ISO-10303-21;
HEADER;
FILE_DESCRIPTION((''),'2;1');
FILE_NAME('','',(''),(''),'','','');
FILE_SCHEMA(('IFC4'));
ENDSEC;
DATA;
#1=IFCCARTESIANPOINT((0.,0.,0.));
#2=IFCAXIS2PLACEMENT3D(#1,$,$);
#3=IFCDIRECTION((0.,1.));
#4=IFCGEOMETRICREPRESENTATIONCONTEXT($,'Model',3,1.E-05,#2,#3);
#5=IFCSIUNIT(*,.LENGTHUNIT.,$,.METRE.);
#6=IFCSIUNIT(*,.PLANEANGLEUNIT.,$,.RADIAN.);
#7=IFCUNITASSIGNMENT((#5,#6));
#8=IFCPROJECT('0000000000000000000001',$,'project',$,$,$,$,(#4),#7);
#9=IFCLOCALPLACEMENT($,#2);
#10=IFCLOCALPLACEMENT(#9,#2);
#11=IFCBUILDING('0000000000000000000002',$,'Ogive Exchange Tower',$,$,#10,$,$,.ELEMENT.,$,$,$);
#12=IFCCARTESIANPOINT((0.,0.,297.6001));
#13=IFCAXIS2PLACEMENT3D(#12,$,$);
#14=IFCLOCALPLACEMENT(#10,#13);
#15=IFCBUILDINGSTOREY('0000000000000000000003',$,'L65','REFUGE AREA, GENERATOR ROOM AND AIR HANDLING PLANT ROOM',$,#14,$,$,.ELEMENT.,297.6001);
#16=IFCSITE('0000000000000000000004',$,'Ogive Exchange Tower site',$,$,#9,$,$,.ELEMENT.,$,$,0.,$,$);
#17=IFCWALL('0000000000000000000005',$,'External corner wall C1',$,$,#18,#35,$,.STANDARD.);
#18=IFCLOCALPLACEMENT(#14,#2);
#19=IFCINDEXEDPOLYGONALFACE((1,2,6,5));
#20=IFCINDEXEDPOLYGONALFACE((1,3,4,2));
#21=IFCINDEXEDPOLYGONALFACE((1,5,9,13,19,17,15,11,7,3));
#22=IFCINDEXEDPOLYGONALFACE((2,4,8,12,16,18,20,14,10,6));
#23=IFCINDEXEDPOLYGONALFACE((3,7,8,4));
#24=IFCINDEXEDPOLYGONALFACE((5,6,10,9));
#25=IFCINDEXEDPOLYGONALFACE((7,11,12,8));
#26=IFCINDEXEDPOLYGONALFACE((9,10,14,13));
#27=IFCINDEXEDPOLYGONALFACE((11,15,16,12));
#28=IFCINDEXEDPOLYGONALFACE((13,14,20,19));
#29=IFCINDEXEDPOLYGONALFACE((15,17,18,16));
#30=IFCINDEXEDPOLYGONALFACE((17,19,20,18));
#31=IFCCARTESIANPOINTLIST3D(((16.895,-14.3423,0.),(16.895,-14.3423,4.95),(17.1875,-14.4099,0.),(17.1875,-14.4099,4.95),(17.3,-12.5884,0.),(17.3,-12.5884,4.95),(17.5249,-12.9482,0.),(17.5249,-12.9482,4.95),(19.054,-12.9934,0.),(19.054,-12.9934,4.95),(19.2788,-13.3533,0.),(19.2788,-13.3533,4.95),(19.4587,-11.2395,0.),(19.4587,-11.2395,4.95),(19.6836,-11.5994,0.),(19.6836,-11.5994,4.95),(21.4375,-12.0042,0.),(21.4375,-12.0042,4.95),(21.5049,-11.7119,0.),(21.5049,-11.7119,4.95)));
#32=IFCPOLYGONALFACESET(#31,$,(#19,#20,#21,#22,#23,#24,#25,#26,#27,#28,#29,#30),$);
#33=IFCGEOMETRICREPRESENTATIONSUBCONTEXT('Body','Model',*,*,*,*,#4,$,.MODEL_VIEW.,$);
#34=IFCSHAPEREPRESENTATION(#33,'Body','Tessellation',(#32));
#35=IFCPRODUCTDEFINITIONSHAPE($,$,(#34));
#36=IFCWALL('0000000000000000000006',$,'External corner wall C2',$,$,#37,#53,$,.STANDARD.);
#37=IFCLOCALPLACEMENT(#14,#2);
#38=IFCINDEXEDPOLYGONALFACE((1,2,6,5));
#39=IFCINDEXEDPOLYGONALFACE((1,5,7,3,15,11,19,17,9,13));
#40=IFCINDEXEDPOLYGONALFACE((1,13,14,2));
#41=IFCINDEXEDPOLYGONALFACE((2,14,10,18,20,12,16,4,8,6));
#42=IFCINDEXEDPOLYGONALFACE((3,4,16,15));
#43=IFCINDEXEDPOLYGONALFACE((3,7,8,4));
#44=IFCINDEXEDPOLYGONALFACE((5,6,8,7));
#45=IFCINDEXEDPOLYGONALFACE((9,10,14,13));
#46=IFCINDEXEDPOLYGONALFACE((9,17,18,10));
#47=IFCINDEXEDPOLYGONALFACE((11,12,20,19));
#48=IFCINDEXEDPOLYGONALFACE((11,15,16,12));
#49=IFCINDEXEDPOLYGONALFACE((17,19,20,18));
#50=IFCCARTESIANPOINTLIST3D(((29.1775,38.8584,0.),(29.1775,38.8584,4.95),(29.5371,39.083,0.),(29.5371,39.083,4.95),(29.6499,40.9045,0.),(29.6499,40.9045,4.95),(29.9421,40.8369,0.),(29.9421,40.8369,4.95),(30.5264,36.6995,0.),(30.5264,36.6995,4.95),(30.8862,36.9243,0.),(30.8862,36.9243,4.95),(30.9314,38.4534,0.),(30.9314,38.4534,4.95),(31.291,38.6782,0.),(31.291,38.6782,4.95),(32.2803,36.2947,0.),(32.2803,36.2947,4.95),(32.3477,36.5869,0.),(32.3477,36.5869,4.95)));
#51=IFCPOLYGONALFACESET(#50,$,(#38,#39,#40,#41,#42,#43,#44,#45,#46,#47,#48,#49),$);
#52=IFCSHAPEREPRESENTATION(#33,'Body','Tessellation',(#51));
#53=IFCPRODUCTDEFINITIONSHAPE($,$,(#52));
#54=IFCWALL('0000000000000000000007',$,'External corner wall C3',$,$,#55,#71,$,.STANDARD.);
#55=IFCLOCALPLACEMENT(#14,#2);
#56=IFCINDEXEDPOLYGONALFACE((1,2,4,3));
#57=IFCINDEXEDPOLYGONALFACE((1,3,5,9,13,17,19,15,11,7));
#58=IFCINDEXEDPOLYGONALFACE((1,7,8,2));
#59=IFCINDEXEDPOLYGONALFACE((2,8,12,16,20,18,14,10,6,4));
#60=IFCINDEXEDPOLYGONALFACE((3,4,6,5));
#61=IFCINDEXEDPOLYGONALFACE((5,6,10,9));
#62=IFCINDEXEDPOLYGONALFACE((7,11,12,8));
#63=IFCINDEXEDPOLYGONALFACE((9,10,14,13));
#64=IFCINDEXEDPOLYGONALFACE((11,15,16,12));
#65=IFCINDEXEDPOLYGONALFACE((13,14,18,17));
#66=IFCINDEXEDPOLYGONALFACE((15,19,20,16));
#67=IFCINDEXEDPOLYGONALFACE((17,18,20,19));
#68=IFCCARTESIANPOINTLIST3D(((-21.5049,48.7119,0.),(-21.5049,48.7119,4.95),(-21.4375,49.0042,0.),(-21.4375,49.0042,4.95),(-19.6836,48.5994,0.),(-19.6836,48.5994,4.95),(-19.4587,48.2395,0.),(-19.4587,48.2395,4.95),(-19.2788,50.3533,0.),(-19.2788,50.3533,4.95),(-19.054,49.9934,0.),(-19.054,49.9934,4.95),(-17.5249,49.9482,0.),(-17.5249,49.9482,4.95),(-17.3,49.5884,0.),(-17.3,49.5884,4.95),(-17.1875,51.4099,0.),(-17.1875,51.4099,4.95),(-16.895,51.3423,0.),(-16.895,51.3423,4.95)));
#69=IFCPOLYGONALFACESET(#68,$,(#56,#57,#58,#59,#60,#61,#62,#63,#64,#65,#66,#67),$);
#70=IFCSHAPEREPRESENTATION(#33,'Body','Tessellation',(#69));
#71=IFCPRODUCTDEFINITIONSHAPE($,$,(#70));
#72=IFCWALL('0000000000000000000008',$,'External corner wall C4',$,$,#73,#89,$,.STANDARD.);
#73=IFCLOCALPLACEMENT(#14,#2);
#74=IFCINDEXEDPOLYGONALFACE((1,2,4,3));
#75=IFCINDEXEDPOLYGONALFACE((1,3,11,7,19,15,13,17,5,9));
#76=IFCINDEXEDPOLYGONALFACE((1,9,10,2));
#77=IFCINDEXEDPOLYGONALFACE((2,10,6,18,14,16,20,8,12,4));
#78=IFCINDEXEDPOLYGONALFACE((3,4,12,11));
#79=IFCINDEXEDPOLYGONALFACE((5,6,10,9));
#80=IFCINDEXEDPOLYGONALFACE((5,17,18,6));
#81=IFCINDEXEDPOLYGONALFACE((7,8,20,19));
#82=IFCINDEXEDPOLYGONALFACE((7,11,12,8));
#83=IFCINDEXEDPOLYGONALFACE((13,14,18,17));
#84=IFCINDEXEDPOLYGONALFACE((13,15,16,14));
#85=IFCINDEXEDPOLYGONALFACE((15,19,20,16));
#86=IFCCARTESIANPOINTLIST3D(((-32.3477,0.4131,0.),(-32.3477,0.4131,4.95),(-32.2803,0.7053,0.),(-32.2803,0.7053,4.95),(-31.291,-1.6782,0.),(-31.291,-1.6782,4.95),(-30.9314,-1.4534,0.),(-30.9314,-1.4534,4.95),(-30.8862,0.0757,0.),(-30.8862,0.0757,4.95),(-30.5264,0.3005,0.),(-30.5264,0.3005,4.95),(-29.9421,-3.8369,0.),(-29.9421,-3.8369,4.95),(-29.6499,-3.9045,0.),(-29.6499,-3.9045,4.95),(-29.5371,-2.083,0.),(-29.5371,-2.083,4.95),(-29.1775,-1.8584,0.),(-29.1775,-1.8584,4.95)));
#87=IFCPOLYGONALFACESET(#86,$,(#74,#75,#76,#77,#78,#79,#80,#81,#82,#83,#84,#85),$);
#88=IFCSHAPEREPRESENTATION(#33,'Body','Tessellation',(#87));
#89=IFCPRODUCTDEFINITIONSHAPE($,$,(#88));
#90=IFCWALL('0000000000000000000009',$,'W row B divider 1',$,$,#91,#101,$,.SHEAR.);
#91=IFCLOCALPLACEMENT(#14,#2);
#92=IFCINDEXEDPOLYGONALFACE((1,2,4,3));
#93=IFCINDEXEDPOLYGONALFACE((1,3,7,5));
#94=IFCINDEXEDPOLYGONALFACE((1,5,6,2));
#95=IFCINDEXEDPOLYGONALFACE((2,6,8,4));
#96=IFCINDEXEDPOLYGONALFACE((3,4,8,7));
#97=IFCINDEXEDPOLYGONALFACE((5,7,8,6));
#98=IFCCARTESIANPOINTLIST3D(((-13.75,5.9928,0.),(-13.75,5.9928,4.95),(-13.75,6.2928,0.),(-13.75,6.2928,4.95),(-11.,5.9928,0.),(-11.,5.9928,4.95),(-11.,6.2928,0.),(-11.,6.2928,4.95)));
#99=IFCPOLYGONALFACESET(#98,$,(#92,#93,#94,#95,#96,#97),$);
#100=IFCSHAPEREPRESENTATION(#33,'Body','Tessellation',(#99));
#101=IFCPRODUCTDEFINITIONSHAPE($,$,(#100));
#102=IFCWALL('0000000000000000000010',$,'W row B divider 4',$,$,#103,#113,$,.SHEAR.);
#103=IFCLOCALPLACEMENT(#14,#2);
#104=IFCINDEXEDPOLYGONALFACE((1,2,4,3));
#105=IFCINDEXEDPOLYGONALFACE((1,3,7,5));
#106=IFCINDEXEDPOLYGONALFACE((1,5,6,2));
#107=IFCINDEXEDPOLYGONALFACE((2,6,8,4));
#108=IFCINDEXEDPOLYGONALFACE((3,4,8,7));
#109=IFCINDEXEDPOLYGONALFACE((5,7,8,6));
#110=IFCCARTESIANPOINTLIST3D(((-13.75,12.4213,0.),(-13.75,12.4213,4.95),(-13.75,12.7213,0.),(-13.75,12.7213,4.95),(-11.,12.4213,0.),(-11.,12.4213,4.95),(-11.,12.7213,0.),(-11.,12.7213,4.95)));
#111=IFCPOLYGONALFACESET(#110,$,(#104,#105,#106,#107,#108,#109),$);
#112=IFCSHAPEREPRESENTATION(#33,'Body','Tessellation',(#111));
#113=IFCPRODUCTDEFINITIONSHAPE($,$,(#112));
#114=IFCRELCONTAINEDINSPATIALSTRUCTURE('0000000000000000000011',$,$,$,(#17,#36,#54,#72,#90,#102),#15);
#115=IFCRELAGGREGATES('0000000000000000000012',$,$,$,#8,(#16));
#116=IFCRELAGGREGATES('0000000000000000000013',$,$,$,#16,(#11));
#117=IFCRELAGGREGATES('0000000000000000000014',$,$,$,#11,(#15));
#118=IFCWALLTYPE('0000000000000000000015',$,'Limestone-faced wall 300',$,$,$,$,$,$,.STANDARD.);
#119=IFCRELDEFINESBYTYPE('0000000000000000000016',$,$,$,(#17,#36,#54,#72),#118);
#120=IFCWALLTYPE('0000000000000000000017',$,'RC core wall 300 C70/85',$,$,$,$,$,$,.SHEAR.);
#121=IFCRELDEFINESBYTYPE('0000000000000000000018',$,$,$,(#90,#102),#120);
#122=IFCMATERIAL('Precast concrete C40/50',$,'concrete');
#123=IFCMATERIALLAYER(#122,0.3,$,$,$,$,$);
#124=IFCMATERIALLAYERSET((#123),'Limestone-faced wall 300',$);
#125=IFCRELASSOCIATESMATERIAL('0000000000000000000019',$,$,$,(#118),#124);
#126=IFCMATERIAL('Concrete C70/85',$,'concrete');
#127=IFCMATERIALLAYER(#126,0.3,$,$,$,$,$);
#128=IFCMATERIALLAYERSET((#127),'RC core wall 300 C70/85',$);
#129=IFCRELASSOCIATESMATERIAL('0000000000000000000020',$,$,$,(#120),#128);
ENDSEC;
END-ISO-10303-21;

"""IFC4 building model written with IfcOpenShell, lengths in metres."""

from ifc_helpers import new_model, si_unit, direction, frame, frame_2d, origin, place, context, subcontext, project, spatial, polyline, rectangle, outline, extrude, material, layer, layer_set, type_object, element, save


model = new_model("IFC4")

# Units and contexts
model_context = context("Model", 3, precision=1e-05, world=origin(), true_north=direction((0.0, 1.0)))
body_context = subcontext(model_context, "Body", "Model", "MODEL_VIEW")
ifc_project = project(units=[si_unit("LENGTHUNIT", "METRE"), si_unit("PLANEANGLEUNIT", "RADIAN")], contexts=[model_context])

# Site, building, storey
site_placement = place(None, origin())
site = spatial("IfcSite", under=ifc_project, at=site_placement, Name="Ogive Exchange Tower site", CompositionType="ELEMENT", RefElevation=0.0)
building_placement = place(site_placement, origin())
building = spatial("IfcBuilding", under=site, at=building_placement, Name="Ogive Exchange Tower", CompositionType="ELEMENT")
storey_placement = place(building_placement, frame((0.0, 0.0, 297.6001)))
storey = spatial("IfcBuildingStorey", under=building, at=storey_placement, Name="L65", Description="REFUGE AREA, GENERATOR ROOM AND AIR HANDLING PLANT ROOM", CompositionType="ELEMENT", Elevation=297.6001)

# Shared definitions
ifc_material_1 = material(Name="Concrete C70/85", Category="concrete")

# Walls
ifc_material_2 = material(Name="Precast concrete C40/50", Category="concrete")
ifc_layer_1 = layer(ifc_material_2, 0.3)
ifc_layer_set_1 = layer_set([ifc_layer_1], Name="Limestone-faced wall 300")
wall_type_1 = type_object("IfcWallType", Name="Limestone-faced wall 300", PredefinedType="STANDARD", material=ifc_layer_set_1)
wall_1_placement = place(storey_placement, origin())
element("IfcWall", 1, at=wall_1_placement, inside=storey, type_object=wall_type_1, Name="External corner wall C1", PredefinedType="STANDARD", context=body_context, shape_type="SweptSolid", body=[
    extrude(outline(polyline([(19.054, -12.9934), (19.4587, -11.2395), (21.5049, -11.7119), (21.4375, -12.0042), (19.6836, -11.5994), (19.2788, -13.3533), (17.5249, -12.9482), (17.1875, -14.4099), (16.895, -14.3423), (17.3, -12.5884), (19.054, -12.9934)])), origin(), (0.0, 0.0, 1.0), 4.95),
])
wall_2_placement = place(storey_placement, origin())
element("IfcWall", 2, at=wall_2_placement, inside=storey, type_object=wall_type_1, Name="External corner wall C2", PredefinedType="STANDARD", context=body_context, shape_type="SweptSolid", body=[
    extrude(outline(polyline([(30.9314, 38.4534), (29.1775, 38.8584), (29.6499, 40.9045), (29.9421, 40.8369), (29.5371, 39.083), (31.291, 38.6782), (30.8862, 36.9243), (32.3477, 36.5869), (32.2803, 36.2947), (30.5264, 36.6995), (30.9314, 38.4534)])), origin(), (0.0, 0.0, 1.0), 4.95),
])
wall_3_placement = place(storey_placement, origin())
element("IfcWall", 3, at=wall_3_placement, inside=storey, type_object=wall_type_1, Name="External corner wall C3", PredefinedType="STANDARD", context=body_context, shape_type="SweptSolid", body=[
    extrude(outline(polyline([(-21.5049, 48.7119), (-21.4375, 49.0042), (-19.6836, 48.5994), (-19.2788, 50.3533), (-17.5249, 49.9482), (-17.1875, 51.4099), (-16.895, 51.3423), (-17.3, 49.5884), (-19.054, 49.9934), (-19.4587, 48.2395), (-21.5049, 48.7119)])), origin(), (0.0, 0.0, 1.0), 4.95),
])
wall_4_placement = place(storey_placement, origin())
element("IfcWall", 4, at=wall_4_placement, inside=storey, type_object=wall_type_1, Name="External corner wall C4", PredefinedType="STANDARD", context=body_context, shape_type="SweptSolid", body=[
    extrude(outline(polyline([(-31.291, -1.6782), (-30.8862, 0.0757), (-32.3477, 0.4131), (-32.2803, 0.7053), (-30.5264, 0.3005), (-30.9314, -1.4534), (-29.1775, -1.8584), (-29.6499, -3.9045), (-29.9421, -3.8369), (-29.5371, -2.083), (-31.291, -1.6782)])), origin(), (0.0, 0.0, 1.0), 4.95),
])
ifc_layer_2 = layer(ifc_material_1, 0.3)
ifc_layer_set_2 = layer_set([ifc_layer_2], Name="RC core wall 300 C70/85")
wall_type_2 = type_object("IfcWallType", Name="RC core wall 300 C70/85", PredefinedType="SHEAR", material=ifc_layer_set_2)
for number, where, z_axis, x_axis, name in (
    (5, (-13.75, 6.1428, 0.0), (0.0, 0.0, 1.0), (1.0, 0.0, 0.0), "W row B divider 1"),
    (6, (-13.75, 12.5713, 0.0), (0.0, 0.0, 1.0), (1.0, 0.0, 0.0), "W row B divider 4"),
):
    element("IfcWall", number, at=place(storey_placement, frame(where, z_axis=z_axis, x_axis=x_axis)), inside=storey, type_object=wall_type_2, Name=name, PredefinedType="SHEAR", context=body_context, shape_type="SweptSolid", body=[
        extrude(rectangle(XDim=2.75, YDim=0.3, at=frame_2d((1.375, 0.0))), origin(), (0.0, 0.0, 1.0), 4.95),
    ])

save(model, "model.ifc")
